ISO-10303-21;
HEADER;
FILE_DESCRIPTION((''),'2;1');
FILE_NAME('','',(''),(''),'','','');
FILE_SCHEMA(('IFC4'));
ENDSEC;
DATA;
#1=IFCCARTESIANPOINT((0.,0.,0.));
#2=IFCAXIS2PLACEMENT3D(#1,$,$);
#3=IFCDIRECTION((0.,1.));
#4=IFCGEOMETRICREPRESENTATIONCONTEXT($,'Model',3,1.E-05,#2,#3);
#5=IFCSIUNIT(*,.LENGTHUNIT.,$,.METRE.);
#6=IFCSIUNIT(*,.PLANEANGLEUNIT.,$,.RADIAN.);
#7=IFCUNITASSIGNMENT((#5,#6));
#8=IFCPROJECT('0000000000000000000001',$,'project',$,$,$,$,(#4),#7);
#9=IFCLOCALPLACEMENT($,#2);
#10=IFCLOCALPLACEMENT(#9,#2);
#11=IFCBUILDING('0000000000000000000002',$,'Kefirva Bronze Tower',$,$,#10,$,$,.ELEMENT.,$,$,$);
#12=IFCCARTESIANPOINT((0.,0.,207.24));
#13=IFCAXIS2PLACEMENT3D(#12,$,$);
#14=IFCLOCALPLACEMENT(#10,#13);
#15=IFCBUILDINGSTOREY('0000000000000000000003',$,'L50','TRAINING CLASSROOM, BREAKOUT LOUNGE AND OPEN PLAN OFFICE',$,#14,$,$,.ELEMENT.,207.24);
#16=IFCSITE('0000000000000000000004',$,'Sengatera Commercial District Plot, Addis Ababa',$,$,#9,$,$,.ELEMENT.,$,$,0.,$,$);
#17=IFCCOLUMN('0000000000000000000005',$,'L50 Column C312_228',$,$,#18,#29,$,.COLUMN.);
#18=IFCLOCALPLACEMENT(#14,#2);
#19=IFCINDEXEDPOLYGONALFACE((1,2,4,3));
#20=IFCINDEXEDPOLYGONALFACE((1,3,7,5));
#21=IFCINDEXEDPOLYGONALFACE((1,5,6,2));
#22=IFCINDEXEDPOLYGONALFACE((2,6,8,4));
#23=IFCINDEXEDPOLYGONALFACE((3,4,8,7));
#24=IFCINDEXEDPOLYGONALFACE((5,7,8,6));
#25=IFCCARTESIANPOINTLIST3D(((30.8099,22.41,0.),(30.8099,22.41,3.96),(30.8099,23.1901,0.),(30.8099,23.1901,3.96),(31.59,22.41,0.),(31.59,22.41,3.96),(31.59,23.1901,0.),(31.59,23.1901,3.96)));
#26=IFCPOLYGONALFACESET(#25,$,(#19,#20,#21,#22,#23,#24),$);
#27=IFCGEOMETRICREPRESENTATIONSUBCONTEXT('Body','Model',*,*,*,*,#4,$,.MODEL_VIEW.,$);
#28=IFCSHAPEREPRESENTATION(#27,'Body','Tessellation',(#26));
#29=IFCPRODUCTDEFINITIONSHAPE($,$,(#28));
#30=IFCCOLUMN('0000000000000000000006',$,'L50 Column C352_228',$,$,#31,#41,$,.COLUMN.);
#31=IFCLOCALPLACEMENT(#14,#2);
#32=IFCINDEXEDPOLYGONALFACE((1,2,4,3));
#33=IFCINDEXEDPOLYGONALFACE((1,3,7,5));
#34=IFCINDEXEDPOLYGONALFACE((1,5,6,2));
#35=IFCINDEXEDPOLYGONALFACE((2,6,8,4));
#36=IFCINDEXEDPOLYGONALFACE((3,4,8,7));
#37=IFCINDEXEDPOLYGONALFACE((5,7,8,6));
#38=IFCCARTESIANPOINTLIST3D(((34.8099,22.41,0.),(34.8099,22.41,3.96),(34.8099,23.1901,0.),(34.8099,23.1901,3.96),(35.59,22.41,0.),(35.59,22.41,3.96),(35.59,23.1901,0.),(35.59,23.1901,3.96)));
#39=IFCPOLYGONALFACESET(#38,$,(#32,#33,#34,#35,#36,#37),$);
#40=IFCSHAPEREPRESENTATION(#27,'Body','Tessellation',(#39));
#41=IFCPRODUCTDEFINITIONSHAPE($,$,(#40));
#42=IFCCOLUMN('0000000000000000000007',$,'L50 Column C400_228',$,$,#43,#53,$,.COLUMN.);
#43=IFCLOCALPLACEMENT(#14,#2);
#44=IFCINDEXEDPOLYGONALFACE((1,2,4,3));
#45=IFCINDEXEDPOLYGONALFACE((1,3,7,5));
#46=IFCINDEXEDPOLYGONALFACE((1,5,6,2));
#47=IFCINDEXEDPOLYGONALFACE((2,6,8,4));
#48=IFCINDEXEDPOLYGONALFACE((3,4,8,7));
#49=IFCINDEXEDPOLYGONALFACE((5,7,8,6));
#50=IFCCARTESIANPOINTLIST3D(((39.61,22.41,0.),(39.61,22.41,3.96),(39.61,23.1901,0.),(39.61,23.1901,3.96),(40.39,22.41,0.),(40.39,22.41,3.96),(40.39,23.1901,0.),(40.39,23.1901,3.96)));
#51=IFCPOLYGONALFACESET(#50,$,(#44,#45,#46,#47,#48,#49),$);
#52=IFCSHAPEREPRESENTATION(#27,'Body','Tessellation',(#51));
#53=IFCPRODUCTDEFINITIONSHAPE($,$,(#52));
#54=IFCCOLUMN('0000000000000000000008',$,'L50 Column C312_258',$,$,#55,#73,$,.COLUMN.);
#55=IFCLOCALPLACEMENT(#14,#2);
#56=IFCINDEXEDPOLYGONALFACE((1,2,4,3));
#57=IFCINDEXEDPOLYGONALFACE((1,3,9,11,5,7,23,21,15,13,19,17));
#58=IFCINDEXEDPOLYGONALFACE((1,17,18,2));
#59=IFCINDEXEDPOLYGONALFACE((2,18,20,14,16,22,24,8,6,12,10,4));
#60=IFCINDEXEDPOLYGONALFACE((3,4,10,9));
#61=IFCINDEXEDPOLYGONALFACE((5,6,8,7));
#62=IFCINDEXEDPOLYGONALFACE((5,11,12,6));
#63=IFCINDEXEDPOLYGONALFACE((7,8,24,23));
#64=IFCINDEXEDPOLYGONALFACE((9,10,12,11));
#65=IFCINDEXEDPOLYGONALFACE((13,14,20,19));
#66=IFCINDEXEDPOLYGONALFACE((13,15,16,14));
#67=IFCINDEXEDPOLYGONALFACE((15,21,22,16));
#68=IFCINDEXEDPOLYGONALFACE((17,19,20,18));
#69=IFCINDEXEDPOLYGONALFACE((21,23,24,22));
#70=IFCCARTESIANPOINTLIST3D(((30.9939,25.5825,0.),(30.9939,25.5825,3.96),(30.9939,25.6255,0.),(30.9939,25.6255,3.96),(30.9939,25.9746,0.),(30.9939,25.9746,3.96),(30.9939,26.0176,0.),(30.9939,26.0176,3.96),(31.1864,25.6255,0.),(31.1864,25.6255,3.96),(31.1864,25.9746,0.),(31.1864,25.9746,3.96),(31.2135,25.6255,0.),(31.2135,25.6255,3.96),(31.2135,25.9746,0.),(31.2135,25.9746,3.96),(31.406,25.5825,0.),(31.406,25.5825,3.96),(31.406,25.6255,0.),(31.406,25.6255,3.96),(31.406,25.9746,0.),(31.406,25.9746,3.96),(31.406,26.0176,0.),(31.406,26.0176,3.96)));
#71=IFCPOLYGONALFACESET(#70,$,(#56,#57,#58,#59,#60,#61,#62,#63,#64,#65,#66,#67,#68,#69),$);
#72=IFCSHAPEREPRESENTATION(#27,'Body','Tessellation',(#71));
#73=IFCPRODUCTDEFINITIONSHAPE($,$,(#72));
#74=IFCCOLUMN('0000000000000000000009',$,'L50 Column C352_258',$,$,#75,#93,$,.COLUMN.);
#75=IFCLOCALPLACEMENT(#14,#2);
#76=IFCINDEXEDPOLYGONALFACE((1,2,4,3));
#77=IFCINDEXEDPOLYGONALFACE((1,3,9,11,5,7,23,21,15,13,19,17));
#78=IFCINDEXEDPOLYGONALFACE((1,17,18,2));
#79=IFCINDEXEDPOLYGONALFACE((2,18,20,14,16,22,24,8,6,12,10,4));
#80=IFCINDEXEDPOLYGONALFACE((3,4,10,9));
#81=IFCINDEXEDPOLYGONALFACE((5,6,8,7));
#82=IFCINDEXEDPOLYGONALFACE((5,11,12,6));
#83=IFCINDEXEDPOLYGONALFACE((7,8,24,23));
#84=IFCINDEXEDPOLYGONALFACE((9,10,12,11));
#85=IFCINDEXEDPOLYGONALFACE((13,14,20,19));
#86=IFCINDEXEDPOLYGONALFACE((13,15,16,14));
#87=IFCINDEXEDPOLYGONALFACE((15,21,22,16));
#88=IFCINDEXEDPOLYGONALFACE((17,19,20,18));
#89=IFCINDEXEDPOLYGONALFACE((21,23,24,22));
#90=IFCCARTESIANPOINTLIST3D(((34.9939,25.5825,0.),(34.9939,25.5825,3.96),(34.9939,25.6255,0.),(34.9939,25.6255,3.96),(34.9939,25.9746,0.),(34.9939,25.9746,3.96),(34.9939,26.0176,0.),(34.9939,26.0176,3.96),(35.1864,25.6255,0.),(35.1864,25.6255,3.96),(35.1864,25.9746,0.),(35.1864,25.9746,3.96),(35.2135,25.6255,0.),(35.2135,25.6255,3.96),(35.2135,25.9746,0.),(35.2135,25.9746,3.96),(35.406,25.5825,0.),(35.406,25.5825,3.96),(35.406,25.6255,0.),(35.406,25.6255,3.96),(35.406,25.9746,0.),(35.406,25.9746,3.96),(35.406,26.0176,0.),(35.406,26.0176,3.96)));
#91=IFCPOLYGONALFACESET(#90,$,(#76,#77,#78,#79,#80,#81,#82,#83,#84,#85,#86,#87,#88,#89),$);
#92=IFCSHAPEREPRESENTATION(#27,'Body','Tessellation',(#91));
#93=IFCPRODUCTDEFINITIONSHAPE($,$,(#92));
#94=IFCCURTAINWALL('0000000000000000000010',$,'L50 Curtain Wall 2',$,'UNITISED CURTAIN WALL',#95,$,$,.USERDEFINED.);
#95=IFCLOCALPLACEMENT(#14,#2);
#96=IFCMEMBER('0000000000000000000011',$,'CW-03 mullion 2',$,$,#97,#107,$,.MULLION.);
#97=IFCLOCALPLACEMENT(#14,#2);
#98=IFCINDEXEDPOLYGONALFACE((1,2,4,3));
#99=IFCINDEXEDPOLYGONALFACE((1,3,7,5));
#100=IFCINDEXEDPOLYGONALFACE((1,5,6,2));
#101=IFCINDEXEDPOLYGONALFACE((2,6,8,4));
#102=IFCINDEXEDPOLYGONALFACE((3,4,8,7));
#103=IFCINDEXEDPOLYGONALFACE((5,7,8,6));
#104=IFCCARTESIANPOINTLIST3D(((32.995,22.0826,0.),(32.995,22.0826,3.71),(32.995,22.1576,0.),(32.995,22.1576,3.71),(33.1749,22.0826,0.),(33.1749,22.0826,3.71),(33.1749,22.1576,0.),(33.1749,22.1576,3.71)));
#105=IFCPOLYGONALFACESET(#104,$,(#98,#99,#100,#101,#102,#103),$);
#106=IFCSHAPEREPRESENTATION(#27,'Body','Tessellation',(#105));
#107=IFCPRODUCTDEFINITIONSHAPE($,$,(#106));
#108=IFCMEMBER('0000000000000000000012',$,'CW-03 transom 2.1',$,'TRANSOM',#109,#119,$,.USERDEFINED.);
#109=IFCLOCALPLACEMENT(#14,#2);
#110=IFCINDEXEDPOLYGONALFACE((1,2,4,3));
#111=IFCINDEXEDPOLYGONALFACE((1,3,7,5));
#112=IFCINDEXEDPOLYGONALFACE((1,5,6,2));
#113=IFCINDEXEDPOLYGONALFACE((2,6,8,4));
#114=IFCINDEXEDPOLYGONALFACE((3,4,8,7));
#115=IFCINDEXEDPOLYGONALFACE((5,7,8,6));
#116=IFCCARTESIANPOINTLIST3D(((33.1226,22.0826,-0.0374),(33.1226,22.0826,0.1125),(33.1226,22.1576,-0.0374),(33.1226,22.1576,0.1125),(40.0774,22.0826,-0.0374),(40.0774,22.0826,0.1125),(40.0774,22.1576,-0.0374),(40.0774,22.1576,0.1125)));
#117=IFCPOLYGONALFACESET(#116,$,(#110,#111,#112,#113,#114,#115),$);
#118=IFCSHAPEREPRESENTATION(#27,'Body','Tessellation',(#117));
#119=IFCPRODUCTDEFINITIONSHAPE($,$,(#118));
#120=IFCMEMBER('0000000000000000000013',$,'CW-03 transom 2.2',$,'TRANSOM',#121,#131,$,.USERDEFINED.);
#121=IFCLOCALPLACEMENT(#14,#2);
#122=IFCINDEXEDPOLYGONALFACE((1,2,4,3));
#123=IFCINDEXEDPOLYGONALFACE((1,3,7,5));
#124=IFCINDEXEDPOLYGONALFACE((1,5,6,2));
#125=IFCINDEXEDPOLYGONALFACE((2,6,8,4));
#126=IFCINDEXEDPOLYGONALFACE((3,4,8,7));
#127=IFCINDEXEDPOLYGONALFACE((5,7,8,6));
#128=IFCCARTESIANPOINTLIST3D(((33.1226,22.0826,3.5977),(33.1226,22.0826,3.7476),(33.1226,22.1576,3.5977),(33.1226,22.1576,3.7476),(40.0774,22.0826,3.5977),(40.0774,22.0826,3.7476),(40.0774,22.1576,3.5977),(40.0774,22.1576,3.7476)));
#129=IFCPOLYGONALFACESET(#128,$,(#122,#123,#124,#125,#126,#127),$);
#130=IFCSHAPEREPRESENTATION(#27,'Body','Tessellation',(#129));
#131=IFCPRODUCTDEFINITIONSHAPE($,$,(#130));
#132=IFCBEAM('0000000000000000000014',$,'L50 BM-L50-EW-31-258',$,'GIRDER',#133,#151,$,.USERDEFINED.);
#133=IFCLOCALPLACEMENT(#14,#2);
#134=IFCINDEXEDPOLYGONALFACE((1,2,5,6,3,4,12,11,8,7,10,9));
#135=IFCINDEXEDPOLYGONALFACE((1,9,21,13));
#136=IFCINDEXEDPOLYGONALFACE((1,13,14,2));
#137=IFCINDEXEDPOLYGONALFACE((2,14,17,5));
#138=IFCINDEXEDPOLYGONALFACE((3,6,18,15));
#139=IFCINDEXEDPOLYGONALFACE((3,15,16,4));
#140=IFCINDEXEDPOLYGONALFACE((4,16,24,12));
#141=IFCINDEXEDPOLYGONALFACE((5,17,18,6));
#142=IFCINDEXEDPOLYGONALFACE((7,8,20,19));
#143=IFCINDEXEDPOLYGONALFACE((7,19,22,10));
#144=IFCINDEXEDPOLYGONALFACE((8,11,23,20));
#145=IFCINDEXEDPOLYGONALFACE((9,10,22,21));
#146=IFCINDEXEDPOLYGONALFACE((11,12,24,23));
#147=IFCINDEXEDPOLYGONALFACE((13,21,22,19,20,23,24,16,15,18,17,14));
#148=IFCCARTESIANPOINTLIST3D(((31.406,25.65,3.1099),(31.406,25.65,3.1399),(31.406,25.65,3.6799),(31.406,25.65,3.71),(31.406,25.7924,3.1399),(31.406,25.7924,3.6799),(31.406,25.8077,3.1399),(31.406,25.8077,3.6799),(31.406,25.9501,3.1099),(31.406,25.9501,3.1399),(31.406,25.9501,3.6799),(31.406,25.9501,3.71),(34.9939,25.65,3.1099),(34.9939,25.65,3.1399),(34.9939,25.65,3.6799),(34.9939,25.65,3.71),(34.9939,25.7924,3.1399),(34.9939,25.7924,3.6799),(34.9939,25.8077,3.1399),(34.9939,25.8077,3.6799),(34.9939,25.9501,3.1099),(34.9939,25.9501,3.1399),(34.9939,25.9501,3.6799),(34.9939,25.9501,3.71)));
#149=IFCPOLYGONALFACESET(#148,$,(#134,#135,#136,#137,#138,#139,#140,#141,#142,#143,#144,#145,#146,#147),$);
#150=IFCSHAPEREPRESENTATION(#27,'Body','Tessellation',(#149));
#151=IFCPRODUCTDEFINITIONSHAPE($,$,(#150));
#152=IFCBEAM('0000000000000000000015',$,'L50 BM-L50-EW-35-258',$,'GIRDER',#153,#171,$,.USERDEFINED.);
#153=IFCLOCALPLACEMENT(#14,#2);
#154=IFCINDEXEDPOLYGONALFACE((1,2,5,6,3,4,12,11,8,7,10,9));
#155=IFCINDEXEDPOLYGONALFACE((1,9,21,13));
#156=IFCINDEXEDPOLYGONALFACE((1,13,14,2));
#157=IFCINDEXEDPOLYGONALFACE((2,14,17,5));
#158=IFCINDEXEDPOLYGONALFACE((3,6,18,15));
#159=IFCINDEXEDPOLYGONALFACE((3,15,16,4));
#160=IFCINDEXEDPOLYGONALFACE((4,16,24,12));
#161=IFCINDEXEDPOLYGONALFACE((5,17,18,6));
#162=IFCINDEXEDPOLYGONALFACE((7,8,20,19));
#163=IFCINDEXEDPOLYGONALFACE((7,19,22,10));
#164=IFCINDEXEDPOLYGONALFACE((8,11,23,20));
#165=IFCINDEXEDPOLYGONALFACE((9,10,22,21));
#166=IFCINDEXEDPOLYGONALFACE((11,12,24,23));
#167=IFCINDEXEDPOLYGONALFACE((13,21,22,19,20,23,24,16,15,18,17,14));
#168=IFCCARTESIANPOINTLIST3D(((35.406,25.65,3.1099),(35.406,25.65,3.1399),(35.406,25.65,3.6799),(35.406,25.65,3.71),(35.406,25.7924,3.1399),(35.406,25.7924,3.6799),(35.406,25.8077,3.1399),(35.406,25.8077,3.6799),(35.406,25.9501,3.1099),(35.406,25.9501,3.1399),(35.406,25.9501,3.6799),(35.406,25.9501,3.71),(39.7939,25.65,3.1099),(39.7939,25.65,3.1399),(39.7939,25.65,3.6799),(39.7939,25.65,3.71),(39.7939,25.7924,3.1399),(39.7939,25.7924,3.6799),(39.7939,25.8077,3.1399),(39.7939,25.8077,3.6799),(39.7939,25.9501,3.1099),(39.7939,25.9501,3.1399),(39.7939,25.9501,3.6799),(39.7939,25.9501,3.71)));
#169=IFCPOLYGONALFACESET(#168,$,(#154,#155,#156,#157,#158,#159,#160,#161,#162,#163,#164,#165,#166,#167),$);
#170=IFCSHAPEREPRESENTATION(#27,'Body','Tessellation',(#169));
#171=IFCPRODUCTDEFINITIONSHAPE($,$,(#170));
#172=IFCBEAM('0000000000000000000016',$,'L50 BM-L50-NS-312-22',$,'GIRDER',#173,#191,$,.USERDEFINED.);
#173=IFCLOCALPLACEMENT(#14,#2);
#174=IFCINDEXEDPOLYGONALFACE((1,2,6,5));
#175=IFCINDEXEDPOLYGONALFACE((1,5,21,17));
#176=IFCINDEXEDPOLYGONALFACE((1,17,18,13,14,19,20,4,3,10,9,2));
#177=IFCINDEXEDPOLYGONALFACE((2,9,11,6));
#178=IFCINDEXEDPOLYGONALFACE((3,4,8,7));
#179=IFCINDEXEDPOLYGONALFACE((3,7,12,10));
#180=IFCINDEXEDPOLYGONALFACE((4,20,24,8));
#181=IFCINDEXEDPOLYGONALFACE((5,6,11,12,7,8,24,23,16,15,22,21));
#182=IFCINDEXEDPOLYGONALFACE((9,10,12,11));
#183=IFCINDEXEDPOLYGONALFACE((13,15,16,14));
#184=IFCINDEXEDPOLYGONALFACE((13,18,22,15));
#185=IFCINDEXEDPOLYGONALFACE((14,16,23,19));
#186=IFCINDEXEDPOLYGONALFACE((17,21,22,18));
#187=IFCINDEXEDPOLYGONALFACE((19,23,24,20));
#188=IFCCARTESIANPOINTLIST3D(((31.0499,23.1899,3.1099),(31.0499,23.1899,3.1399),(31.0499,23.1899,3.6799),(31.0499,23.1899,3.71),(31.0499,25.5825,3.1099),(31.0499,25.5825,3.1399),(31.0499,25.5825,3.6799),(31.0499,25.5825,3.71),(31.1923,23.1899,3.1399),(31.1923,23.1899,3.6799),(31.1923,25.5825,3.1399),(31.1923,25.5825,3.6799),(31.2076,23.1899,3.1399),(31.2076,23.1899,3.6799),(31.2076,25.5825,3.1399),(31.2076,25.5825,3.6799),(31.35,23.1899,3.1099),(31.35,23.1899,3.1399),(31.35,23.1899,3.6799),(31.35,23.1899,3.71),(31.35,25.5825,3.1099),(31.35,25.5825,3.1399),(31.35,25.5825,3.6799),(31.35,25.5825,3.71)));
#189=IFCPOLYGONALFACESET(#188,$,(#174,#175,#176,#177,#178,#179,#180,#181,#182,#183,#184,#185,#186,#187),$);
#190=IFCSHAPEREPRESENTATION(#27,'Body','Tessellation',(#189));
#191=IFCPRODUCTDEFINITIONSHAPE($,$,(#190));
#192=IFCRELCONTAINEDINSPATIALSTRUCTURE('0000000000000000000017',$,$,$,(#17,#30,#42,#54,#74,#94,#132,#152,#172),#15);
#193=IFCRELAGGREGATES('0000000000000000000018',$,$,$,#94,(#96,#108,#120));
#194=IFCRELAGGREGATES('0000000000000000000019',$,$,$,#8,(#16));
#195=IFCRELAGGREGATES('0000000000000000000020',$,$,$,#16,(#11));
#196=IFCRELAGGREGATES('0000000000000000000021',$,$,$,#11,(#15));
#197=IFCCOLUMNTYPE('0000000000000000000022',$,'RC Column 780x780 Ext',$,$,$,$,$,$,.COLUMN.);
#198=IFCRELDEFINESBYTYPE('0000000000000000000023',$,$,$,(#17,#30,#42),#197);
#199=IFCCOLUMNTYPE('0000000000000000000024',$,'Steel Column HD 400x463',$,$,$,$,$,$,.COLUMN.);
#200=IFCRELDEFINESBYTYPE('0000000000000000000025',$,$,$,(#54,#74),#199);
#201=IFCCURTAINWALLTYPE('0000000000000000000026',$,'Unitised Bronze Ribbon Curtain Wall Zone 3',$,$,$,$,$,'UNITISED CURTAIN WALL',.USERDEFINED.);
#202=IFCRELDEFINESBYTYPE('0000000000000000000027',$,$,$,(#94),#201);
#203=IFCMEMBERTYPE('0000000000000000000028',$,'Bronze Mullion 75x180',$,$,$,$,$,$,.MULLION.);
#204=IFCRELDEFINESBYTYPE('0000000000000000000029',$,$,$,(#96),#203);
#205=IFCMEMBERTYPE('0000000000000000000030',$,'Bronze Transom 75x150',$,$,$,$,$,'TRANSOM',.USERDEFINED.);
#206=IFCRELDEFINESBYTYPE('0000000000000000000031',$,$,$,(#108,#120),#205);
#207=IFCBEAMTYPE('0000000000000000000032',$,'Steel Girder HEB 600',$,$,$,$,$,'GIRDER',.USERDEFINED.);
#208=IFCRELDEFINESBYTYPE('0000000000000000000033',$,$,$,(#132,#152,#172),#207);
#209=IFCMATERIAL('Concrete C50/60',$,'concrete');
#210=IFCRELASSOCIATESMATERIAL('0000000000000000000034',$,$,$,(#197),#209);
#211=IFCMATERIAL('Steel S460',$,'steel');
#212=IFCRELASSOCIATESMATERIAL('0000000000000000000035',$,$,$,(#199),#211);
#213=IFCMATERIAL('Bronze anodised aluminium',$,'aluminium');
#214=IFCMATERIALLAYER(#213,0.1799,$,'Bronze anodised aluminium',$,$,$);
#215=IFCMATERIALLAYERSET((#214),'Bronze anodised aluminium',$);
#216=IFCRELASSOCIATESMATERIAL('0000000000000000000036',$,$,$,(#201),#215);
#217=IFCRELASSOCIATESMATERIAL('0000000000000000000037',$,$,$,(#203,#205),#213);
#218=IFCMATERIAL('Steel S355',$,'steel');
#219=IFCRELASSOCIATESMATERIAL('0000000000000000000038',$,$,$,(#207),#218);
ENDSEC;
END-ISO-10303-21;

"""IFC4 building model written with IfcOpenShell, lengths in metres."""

from ifc_helpers import new_model, si_unit, direction, frame, origin, origin_2d, place, context, subcontext, project, spatial, rectangle, i_section, extrude, material, layer, layer_set, material_profile, profile_set, type_object, element, aggregate, save


model = new_model("IFC4")

# Units and contexts
model_context = context("Model", 3, precision=1e-05, world=origin(), true_north=direction((0.0, 1.0)))
body_context = subcontext(model_context, "Body", "Model", "MODEL_VIEW")
ifc_project = project(units=[si_unit("LENGTHUNIT", "METRE"), si_unit("PLANEANGLEUNIT", "RADIAN")], contexts=[model_context])

# Site, building, storey
site_placement = place(None, origin())
site = spatial("IfcSite", under=ifc_project, at=site_placement, Name="Sengatera Commercial District Plot, Addis Ababa", CompositionType="ELEMENT", RefElevation=0.0)
building_placement = place(site_placement, origin())
building = spatial("IfcBuilding", under=site, at=building_placement, Name="Kefirva Bronze Tower", CompositionType="ELEMENT")
storey_placement = place(building_placement, frame((0.0, 0.0, 207.24)))
storey = spatial("IfcBuildingStorey", under=building, at=storey_placement, Name="L50", Description="TRAINING CLASSROOM, BREAKOUT LOUNGE AND OPEN PLAN OFFICE", CompositionType="ELEMENT", Elevation=207.24)

# Columns
ifc_material_1 = material(Name="Concrete C50/60", Category="concrete")
ifc_material_profile_1 = material_profile(ifc_material_1, rectangle(XDim=0.78, YDim=0.78, at=origin_2d()), Name="RC 780x780")
ifc_profile_set_1 = profile_set([ifc_material_profile_1], Name="Concrete C50/60")
column_type_1 = type_object("IfcColumnType", Name="RC Column 780x780 Ext", PredefinedType="COLUMN", material=ifc_profile_set_1)
for number, where, z_axis, x_axis, name in (
    (1, (31.2, 22.8, 0.0), (0.0, 0.0, 1.0), (1.0, 0.0, 0.0), "L50 Column C312_228"),
    (2, (35.2, 22.8, 0.0), (0.0, 0.0, 1.0), (1.0, 0.0, 0.0), "L50 Column C352_228"),
    (3, (40.0, 22.8, 0.0), (0.0, 0.0, 1.0), (1.0, 0.0, 0.0), "L50 Column C400_228"),
):
    element("IfcColumn", number, at=place(storey_placement, frame(where, z_axis=z_axis, x_axis=x_axis)), inside=storey, type_object=column_type_1, Name=name, PredefinedType="COLUMN", context=body_context, shape_type="SweptSolid", body=[
        extrude(rectangle(XDim=0.78, YDim=0.78, at=origin_2d()), origin(), (0.0, 0.0, 1.0), 3.96),
    ])
ifc_material_2 = material(Name="Steel S460", Category="steel")
ifc_material_profile_2 = material_profile(ifc_material_2, i_section(OverallWidth=0.4121, OverallDepth=0.4351, WebThickness=0.0271, FlangeThickness=0.043, at=origin_2d()), Name="HD 400x463")
ifc_profile_set_2 = profile_set([ifc_material_profile_2], Name="Steel S460")
column_type_2 = type_object("IfcColumnType", Name="Steel Column HD 400x463", PredefinedType="COLUMN", material=ifc_profile_set_2)
for number, where, z_axis, x_axis, name in (
    (4, (31.2, 25.8, 0.0), (0.0, 0.0, 1.0), (1.0, 0.0, 0.0), "L50 Column C312_258"),
    (5, (35.2, 25.8, 0.0), (0.0, 0.0, 1.0), (1.0, 0.0, 0.0), "L50 Column C352_258"),
):
    element("IfcColumn", number, at=place(storey_placement, frame(where, z_axis=z_axis, x_axis=x_axis)), inside=storey, type_object=column_type_2, Name=name, PredefinedType="COLUMN", context=body_context, shape_type="SweptSolid", body=[
        extrude(i_section(OverallWidth=0.4121, OverallDepth=0.4351, WebThickness=0.0271, FlangeThickness=0.043, at=origin_2d()), origin(), (0.0, 0.0, 1.0), 3.96),
    ])

# Curtain wall, members
ifc_material_3 = material(Name="Bronze anodised aluminium", Category="aluminium")
ifc_layer_1 = layer(ifc_material_3, 0.1799, Name="Bronze anodised aluminium")
ifc_layer_set_1 = layer_set([ifc_layer_1], Name="Bronze anodised aluminium")
curtain_wall_type = type_object("IfcCurtainWallType", Name="Unitised Bronze Ribbon Curtain Wall Zone 3", ElementType="UNITISED CURTAIN WALL", PredefinedType="USERDEFINED", material=ifc_layer_set_1)
curtain_wall_placement = place(storey_placement, origin())
curtain_wall = element("IfcCurtainWall", 6, at=curtain_wall_placement, inside=storey, type_object=curtain_wall_type, Name="L50 Curtain Wall 2", ObjectType="UNITISED CURTAIN WALL", PredefinedType="USERDEFINED")
ifc_material_profile_3 = material_profile(ifc_material_3, rectangle(XDim=0.075, YDim=0.1799, at=origin_2d()), Name="ALU 75x180")
ifc_profile_set_3 = profile_set([ifc_material_profile_3], Name="Bronze anodised aluminium")
member_type_1 = type_object("IfcMemberType", Name="Bronze Mullion 75x180", PredefinedType="MULLION", material=ifc_profile_set_3)
member_1_placement = place(storey_placement, frame((33.085, 22.1201, 0.0), z_axis=(0.0, 0.0, 1.0), x_axis=(0.0, 1.0, 0.0)))
member_1 = element("IfcMember", 7, at=member_1_placement, type_object=member_type_1, Name="CW-03 mullion 2", PredefinedType="MULLION", context=body_context, shape_type="SweptSolid", body=[
    extrude(rectangle(XDim=0.075, YDim=0.1799, at=origin_2d()), origin(), (0.0, 0.0, 1.0), 3.71),
])
ifc_material_profile_4 = material_profile(ifc_material_3, rectangle(XDim=0.075, YDim=0.1499, at=origin_2d()), Name="ALU 75x150")
ifc_profile_set_4 = profile_set([ifc_material_profile_4], Name="Bronze anodised aluminium")
member_type_2 = type_object("IfcMemberType", Name="Bronze Transom 75x150", ElementType="TRANSOM", PredefinedType="USERDEFINED", material=ifc_profile_set_4)
member_2_placement = place(storey_placement, frame((33.1226, 22.1201, 0.0376), z_axis=(1.0, 0.0, 0.0), x_axis=(0.0, 1.0, 0.0)))
member_2 = element("IfcMember", 8, at=member_2_placement, type_object=member_type_2, Name="CW-03 transom 2.1", ObjectType="TRANSOM", PredefinedType="USERDEFINED", context=body_context, shape_type="SweptSolid", body=[
    extrude(rectangle(XDim=0.075, YDim=0.1499, at=origin_2d()), origin(), (0.0, 0.0, 1.0), 6.9548),
])
member_3_placement = place(storey_placement, frame((33.1226, 22.1201, 3.6726), z_axis=(1.0, 0.0, 0.0), x_axis=(0.0, 1.0, 0.0)))
member_3 = element("IfcMember", 9, at=member_3_placement, type_object=member_type_2, Name="CW-03 transom 2.2", ObjectType="TRANSOM", PredefinedType="USERDEFINED", context=body_context, shape_type="SweptSolid", body=[
    extrude(rectangle(XDim=0.075, YDim=0.1499, at=origin_2d()), origin(), (0.0, 0.0, 1.0), 6.9548),
])

# Beams
ifc_material_4 = material(Name="Steel S355", Category="steel")
ifc_material_profile_5 = material_profile(ifc_material_4, i_section(OverallWidth=0.3, OverallDepth=0.6001, WebThickness=0.0154, FlangeThickness=0.03, at=origin_2d()), Name="HEB 600")
ifc_profile_set_5 = profile_set([ifc_material_profile_5], Name="Steel S355")
beam_type_1 = type_object("IfcBeamType", Name="Steel Girder HEB 600", ElementType="GIRDER", PredefinedType="USERDEFINED", material=ifc_profile_set_5)
beam_1_placement = place(storey_placement, frame((31.406, 25.8, 3.4099), z_axis=(1.0, 0.0, 0.0), x_axis=(0.0, 1.0, 0.0)))
element("IfcBeam", 10, at=beam_1_placement, inside=storey, type_object=beam_type_1, Name="L50 BM-L50-EW-31-258", ObjectType="GIRDER", PredefinedType="USERDEFINED", context=body_context, shape_type="SweptSolid", body=[
    extrude(i_section(OverallWidth=0.3, OverallDepth=0.6001, WebThickness=0.0154, FlangeThickness=0.03, at=origin_2d()), origin(), (0.0, 0.0, 1.0), 3.5879),
])
beam_2_placement = place(storey_placement, frame((35.406, 25.8, 3.4099), z_axis=(1.0, 0.0, 0.0), x_axis=(0.0, 1.0, 0.0)))
element("IfcBeam", 11, at=beam_2_placement, inside=storey, type_object=beam_type_1, Name="L50 BM-L50-EW-35-258", ObjectType="GIRDER", PredefinedType="USERDEFINED", context=body_context, shape_type="SweptSolid", body=[
    extrude(i_section(OverallWidth=0.3, OverallDepth=0.6001, WebThickness=0.0154, FlangeThickness=0.03, at=origin_2d()), origin(), (0.0, 0.0, 1.0), 4.3879),
])
beam_3_placement = place(storey_placement, frame((31.2, 23.1899, 3.4099), z_axis=(0.0, 1.0, 0.0), x_axis=(-1.0, 0.0, 0.0)))
element("IfcBeam", 12, at=beam_3_placement, inside=storey, type_object=beam_type_1, Name="L50 BM-L50-NS-312-22", ObjectType="GIRDER", PredefinedType="USERDEFINED", context=body_context, shape_type="SweptSolid", body=[
    extrude(i_section(OverallWidth=0.3, OverallDepth=0.6001, WebThickness=0.0154, FlangeThickness=0.03, at=origin_2d()), origin(), (0.0, 0.0, 1.0), 2.3926),
])

aggregate(curtain_wall, [member_1, member_2, member_3])

save(model, "model.ifc")
